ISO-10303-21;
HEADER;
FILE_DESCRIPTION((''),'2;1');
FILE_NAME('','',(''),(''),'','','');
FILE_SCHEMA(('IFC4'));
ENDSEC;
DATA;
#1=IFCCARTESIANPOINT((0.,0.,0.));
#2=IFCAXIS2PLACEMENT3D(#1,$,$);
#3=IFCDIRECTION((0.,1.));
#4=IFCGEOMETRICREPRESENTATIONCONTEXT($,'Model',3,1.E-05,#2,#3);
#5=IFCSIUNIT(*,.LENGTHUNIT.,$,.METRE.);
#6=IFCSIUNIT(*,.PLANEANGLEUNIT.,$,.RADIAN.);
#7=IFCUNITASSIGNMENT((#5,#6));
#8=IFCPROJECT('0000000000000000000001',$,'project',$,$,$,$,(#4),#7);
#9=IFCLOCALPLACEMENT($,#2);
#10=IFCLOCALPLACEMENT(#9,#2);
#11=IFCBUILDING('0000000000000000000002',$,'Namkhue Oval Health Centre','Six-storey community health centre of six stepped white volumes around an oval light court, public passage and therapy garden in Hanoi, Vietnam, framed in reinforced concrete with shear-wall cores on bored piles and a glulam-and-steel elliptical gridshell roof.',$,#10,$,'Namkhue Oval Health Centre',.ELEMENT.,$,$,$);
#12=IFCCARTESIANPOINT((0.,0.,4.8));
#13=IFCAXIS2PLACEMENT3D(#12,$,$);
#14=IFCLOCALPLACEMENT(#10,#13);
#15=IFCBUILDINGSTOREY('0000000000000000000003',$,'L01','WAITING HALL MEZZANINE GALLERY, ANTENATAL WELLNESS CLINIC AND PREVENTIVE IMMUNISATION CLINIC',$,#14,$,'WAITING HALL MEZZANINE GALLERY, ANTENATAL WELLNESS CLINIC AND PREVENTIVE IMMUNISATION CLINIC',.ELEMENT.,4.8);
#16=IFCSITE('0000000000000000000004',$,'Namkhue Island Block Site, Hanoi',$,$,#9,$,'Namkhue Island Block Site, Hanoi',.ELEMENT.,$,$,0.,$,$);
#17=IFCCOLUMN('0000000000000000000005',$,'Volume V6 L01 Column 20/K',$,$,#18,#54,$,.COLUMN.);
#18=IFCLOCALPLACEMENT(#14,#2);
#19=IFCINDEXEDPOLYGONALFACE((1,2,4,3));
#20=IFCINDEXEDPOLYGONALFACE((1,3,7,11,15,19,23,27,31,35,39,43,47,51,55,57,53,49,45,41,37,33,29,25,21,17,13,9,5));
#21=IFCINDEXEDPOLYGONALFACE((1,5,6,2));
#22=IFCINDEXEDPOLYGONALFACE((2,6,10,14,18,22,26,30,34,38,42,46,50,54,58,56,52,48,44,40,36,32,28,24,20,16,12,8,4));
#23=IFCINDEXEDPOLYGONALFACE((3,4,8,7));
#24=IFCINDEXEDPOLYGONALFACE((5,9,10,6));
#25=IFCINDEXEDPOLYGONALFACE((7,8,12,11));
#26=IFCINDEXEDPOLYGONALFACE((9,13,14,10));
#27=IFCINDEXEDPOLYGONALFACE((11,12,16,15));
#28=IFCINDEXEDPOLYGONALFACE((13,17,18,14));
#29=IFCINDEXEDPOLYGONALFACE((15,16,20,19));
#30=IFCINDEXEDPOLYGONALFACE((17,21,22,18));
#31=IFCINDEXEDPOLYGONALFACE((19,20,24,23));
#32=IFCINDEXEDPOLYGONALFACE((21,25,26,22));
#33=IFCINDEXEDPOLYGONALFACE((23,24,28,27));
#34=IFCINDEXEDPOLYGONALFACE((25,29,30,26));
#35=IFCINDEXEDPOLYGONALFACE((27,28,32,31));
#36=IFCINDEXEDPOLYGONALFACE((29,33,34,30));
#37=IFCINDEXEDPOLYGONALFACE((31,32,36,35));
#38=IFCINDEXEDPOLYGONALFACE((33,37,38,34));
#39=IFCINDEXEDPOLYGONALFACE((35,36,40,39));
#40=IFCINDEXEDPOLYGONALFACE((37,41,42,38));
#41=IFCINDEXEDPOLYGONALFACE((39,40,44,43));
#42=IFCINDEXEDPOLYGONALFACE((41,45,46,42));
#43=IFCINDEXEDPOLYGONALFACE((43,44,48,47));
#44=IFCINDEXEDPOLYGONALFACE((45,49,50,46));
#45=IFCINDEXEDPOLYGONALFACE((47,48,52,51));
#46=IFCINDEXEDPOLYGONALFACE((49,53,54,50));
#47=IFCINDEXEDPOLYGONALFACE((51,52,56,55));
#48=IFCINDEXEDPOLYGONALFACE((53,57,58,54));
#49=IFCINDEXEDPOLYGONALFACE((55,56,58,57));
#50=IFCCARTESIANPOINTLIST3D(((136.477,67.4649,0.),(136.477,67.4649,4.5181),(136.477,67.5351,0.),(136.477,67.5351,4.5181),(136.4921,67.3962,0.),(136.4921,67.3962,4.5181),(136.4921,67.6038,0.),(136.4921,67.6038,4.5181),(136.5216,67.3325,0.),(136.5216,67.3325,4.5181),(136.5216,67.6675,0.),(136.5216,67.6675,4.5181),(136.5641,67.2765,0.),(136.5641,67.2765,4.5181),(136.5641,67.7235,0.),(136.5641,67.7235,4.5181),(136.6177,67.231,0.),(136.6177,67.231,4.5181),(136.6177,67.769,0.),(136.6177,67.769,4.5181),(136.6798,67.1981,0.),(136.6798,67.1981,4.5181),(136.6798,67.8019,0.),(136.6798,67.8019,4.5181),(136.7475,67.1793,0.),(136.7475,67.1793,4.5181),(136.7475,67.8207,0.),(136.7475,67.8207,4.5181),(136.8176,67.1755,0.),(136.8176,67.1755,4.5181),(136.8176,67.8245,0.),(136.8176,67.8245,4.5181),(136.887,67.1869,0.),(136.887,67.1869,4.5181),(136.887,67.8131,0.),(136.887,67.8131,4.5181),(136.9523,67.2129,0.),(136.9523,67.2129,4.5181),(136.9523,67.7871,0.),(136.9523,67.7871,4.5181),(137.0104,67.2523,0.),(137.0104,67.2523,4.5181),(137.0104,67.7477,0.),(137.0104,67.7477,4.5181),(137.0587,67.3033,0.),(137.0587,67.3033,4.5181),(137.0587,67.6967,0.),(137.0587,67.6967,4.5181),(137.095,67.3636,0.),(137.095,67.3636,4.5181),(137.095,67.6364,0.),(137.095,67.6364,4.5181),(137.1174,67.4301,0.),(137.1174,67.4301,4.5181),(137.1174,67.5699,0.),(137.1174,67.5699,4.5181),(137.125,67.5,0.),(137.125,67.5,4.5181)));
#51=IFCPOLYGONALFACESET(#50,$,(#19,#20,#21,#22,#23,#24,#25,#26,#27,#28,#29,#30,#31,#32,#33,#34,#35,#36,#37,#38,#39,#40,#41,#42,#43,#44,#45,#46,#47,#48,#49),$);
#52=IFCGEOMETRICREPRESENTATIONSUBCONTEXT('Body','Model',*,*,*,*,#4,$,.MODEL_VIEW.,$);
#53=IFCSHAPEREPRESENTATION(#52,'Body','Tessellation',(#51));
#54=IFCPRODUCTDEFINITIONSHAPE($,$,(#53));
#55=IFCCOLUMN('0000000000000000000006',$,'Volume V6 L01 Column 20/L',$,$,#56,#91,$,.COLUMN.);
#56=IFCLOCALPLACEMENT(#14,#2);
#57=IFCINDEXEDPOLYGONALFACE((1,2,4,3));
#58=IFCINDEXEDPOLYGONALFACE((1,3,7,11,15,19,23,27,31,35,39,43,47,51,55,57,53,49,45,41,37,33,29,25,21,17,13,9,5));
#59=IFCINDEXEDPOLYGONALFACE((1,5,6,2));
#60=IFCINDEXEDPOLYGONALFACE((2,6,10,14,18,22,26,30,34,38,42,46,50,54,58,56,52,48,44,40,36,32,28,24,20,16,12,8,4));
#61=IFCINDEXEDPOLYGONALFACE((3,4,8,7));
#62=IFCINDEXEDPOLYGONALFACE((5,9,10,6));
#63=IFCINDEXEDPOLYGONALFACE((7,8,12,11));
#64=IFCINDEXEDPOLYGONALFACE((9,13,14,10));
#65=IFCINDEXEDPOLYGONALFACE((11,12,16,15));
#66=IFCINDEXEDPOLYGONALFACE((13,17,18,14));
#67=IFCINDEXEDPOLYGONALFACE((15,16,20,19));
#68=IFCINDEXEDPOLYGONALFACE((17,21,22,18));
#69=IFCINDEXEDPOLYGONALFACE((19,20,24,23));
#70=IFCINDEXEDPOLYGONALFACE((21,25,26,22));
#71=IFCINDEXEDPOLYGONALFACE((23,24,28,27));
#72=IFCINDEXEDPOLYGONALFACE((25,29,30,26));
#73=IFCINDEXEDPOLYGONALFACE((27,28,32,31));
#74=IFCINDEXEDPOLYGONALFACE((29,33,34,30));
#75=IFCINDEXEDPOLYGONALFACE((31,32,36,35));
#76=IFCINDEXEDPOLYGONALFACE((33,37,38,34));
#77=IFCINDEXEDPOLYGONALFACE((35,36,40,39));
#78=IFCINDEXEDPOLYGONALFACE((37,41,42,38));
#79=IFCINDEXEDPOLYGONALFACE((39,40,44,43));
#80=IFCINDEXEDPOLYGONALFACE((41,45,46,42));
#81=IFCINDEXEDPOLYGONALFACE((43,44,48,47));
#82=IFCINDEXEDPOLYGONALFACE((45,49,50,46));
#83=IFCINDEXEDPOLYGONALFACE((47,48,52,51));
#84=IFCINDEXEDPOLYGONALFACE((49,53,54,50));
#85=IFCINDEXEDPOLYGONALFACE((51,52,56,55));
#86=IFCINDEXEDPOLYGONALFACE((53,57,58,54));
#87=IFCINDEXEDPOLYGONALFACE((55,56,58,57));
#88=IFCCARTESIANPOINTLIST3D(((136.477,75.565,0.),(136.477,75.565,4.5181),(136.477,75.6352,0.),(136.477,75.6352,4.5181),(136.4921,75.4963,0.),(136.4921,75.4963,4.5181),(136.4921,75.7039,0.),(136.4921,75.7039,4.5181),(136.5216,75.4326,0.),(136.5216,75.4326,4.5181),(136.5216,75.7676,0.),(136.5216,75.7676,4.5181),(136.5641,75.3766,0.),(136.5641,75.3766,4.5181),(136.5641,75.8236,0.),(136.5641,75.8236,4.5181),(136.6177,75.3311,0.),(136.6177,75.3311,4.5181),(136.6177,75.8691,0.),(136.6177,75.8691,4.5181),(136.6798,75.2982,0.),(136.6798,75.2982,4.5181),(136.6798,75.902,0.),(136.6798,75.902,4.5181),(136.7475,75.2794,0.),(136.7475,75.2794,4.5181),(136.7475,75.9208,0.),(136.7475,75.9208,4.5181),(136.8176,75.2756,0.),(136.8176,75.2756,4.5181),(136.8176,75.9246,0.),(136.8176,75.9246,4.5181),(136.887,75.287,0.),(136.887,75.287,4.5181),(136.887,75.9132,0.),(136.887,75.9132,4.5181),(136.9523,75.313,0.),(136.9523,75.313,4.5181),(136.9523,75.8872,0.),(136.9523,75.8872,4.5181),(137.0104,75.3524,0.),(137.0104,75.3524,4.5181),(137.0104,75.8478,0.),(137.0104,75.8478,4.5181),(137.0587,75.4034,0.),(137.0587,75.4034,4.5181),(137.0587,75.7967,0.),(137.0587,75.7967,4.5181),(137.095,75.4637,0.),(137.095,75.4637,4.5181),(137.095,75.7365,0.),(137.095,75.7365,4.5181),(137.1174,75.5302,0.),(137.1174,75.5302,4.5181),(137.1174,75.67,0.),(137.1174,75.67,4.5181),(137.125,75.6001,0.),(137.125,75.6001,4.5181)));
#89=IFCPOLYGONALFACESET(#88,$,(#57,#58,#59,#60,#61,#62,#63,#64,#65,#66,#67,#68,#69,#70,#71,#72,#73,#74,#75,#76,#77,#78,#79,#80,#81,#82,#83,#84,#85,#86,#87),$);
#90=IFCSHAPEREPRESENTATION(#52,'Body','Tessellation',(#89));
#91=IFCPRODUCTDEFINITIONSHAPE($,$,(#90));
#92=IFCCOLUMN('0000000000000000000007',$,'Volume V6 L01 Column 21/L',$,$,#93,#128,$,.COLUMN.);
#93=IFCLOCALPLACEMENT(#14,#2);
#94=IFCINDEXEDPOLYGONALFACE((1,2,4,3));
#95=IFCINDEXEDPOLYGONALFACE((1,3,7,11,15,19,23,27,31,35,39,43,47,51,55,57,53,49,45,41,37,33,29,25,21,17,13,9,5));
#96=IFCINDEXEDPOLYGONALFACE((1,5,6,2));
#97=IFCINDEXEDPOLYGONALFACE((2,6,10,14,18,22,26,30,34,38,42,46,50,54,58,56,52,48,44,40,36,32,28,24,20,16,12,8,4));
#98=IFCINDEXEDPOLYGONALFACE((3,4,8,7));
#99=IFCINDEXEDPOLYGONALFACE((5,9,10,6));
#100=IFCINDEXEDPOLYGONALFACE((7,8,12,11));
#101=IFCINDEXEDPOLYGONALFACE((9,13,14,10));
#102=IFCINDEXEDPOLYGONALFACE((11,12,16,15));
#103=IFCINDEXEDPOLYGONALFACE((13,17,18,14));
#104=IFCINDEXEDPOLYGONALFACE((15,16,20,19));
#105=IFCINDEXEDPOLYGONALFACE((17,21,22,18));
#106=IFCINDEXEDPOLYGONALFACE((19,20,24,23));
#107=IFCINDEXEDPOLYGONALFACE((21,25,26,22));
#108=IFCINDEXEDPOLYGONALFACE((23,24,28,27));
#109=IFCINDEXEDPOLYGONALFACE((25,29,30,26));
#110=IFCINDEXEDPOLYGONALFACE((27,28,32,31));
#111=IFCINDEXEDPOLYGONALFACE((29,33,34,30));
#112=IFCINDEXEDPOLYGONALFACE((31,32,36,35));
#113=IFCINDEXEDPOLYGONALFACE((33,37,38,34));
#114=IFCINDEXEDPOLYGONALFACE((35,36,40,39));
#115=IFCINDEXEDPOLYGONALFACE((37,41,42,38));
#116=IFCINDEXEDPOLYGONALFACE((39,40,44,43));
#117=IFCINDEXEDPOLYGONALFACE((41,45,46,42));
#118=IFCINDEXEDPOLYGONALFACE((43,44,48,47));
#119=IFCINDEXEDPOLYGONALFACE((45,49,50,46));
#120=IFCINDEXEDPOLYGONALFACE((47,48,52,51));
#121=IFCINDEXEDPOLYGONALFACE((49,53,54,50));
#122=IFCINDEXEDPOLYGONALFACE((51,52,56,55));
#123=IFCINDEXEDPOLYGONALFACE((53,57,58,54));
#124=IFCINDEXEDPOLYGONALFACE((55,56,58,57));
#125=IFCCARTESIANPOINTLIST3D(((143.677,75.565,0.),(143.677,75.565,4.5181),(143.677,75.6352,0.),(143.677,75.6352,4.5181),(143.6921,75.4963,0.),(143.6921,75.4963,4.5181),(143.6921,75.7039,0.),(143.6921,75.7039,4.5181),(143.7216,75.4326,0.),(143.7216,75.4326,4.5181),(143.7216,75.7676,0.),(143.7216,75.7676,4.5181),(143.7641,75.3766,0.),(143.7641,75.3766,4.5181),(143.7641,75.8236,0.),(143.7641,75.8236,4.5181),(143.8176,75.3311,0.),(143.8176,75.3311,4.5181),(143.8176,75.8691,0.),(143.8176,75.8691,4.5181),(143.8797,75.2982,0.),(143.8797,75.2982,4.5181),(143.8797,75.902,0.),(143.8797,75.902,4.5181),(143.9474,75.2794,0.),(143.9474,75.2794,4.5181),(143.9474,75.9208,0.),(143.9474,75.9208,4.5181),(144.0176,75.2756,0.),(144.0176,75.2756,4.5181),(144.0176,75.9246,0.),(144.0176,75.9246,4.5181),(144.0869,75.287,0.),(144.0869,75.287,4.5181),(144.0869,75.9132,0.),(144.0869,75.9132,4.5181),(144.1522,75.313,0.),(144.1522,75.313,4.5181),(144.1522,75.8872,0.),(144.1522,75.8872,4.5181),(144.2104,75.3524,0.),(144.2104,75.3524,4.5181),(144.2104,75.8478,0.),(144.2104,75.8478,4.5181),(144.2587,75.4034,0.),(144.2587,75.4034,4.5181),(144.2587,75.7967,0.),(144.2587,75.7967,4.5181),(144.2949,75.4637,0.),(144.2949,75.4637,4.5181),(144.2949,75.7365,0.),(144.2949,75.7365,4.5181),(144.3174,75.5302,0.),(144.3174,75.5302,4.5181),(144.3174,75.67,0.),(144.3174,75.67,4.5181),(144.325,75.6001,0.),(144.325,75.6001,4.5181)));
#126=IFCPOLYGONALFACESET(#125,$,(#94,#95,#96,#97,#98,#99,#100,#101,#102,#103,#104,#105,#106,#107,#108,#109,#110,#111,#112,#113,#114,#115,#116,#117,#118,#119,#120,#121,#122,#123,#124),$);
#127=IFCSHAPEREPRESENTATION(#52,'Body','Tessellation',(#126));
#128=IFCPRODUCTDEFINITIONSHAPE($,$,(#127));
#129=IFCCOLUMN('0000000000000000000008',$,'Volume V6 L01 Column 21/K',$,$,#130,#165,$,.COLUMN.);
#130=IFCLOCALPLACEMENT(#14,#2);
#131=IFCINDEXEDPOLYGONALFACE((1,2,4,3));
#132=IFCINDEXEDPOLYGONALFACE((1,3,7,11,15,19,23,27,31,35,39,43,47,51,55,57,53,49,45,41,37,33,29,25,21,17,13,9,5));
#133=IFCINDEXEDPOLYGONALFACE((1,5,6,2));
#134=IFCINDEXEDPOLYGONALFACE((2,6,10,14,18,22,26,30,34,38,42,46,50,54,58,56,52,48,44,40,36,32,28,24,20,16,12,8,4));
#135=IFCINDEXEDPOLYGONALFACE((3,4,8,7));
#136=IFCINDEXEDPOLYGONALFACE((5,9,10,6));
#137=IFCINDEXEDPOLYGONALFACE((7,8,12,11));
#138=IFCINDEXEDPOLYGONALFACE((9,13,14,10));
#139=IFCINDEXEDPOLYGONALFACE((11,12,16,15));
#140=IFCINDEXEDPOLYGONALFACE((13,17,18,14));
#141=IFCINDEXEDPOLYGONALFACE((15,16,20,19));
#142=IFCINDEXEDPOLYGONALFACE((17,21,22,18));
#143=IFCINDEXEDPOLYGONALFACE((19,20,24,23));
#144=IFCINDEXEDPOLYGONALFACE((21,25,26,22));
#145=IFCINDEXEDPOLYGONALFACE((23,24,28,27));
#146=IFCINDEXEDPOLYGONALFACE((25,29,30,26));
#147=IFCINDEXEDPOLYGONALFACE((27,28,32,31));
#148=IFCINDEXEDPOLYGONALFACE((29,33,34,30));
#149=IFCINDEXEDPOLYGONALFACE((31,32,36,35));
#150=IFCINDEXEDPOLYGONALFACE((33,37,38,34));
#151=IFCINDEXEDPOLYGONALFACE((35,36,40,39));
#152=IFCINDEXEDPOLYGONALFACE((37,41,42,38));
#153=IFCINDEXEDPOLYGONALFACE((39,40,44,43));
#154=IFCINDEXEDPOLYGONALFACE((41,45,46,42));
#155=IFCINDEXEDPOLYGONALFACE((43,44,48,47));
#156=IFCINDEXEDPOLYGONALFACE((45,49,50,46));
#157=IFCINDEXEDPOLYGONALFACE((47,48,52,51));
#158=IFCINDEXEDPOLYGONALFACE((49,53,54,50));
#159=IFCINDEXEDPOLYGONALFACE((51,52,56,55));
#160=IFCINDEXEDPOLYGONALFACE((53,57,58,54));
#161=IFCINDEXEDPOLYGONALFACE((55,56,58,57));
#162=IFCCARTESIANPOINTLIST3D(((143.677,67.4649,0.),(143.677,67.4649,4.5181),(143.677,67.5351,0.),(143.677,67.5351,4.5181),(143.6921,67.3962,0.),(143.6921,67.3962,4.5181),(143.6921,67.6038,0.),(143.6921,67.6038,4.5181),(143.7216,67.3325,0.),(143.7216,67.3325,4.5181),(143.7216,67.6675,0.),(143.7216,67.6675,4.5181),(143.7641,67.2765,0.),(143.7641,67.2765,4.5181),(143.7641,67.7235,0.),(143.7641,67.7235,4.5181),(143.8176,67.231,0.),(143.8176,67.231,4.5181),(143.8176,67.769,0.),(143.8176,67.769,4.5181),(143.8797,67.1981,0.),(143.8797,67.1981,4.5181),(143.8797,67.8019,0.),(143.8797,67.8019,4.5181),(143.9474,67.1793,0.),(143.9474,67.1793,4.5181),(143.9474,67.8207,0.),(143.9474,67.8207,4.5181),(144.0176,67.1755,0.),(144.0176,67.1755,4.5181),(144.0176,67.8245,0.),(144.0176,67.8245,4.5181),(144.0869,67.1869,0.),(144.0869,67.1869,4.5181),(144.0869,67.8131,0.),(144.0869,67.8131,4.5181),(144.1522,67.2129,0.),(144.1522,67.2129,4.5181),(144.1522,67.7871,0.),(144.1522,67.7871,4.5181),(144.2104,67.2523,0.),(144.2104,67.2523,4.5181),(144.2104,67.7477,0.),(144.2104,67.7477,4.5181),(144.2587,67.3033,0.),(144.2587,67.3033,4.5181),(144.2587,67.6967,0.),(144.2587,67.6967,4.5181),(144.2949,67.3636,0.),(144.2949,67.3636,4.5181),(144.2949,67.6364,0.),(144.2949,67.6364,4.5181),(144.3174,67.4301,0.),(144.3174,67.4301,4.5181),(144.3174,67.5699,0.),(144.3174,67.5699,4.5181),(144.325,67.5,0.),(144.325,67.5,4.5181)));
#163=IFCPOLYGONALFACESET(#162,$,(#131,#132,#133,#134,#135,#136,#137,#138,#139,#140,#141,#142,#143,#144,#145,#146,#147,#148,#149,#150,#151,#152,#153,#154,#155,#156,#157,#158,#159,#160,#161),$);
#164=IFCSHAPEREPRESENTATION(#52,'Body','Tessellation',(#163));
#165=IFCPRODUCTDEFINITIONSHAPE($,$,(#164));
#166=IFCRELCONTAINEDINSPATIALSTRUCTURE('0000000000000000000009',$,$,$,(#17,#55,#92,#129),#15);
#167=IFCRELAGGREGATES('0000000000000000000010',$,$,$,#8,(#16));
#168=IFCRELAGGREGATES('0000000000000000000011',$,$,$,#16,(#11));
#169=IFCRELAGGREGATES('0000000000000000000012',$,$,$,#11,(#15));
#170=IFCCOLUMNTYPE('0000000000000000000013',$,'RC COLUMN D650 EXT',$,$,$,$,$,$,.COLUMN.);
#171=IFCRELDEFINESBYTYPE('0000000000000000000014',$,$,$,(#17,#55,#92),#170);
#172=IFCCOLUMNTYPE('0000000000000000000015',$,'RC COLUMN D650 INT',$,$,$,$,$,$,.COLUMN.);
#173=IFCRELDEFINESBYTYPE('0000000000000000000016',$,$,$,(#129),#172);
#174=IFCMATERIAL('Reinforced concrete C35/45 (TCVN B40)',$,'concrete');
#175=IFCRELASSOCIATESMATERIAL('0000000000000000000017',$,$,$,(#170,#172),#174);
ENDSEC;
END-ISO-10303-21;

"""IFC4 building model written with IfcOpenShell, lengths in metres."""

from ifc_helpers import new_model, si_unit, direction, frame, origin, origin_2d, place, context, subcontext, project, spatial, circle, extrude, material, material_profile, profile_set, type_object, element, save


model = new_model("IFC4")

# Units and contexts
model_context = context("Model", 3, precision=1e-05, world=origin(), true_north=direction((0.0, 1.0)))
body_context = subcontext(model_context, "Body", "Model", "MODEL_VIEW")
ifc_project = project(units=[si_unit("LENGTHUNIT", "METRE"), si_unit("PLANEANGLEUNIT", "RADIAN")], contexts=[model_context])

# Site, building, storey
site_placement = place(None, origin())
site = spatial("IfcSite", under=ifc_project, at=site_placement, Name="Namkhue Island Block Site, Hanoi", LongName="Namkhue Island Block Site, Hanoi", CompositionType="ELEMENT", RefElevation=0.0)
building_placement = place(site_placement, origin())
building = spatial("IfcBuilding", under=site, at=building_placement, Name="Namkhue Oval Health Centre", Description="Six-storey community health centre of six stepped white volumes around an oval light court, public passage and therapy garden in Hanoi, Vietnam, framed in reinforced concrete with shear-wall cores on bored piles and a glulam-and-steel elliptical gridshell roof.", LongName="Namkhue Oval Health Centre", CompositionType="ELEMENT")
storey_placement = place(building_placement, frame((0.0, 0.0, 4.8)))
storey = spatial("IfcBuildingStorey", under=building, at=storey_placement, Name="L01", Description="WAITING HALL MEZZANINE GALLERY, ANTENATAL WELLNESS CLINIC AND PREVENTIVE IMMUNISATION CLINIC", LongName="WAITING HALL MEZZANINE GALLERY, ANTENATAL WELLNESS CLINIC AND PREVENTIVE IMMUNISATION CLINIC", CompositionType="ELEMENT", Elevation=4.8)

# Columns
ifc_material_1 = material(Name="Reinforced concrete C35/45 (TCVN B40)", Category="concrete")
ifc_material_profile_1 = material_profile(ifc_material_1, circle(Radius=0.325, at=origin_2d()), Name="RC D650")
ifc_profile_set_1 = profile_set([ifc_material_profile_1], Name="Reinforced concrete C35/45 (TCVN B40)")
column_type_1 = type_object("IfcColumnType", Name="RC COLUMN D650 EXT", PredefinedType="COLUMN", material=ifc_profile_set_1)
for number, where, z_axis, x_axis, name in (
    (1, (136.8, 67.5, 0.0), (0.0, 0.0, 1.0), (1.0, 0.0, 0.0), "Volume V6 L01 Column 20/K"),
    (2, (136.8, 75.6001, 0.0), (0.0, 0.0, 1.0), (1.0, 0.0, 0.0), "Volume V6 L01 Column 20/L"),
    (3, (144.0, 75.6001, 0.0), (0.0, 0.0, 1.0), (1.0, 0.0, 0.0), "Volume V6 L01 Column 21/L"),
):
    element("IfcColumn", number, at=place(storey_placement, frame(where, z_axis=z_axis, x_axis=x_axis)), inside=storey, type_object=column_type_1, Name=name, PredefinedType="COLUMN", context=body_context, shape_type="SweptSolid", body=[
        extrude(circle(Radius=0.325, at=origin_2d()), origin(), (0.0, 0.0, 1.0), 4.5181),
    ])
ifc_material_profile_2 = material_profile(ifc_material_1, circle(Radius=0.325, at=origin_2d()), Name="RC D650")
ifc_profile_set_2 = profile_set([ifc_material_profile_2], Name="Reinforced concrete C35/45 (TCVN B40)")
column_type_2 = type_object("IfcColumnType", Name="RC COLUMN D650 INT", PredefinedType="COLUMN", material=ifc_profile_set_2)
column_placement = place(storey_placement, frame((144.0, 67.5, 0.0), z_axis=(0.0, 0.0, 1.0), x_axis=(1.0, 0.0, 0.0)))
element("IfcColumn", 4, at=column_placement, inside=storey, type_object=column_type_2, Name="Volume V6 L01 Column 21/K", PredefinedType="COLUMN", context=body_context, shape_type="SweptSolid", body=[
    extrude(circle(Radius=0.325, at=origin_2d()), origin(), (0.0, 0.0, 1.0), 4.5181),
])

save(model, "model.ifc")
